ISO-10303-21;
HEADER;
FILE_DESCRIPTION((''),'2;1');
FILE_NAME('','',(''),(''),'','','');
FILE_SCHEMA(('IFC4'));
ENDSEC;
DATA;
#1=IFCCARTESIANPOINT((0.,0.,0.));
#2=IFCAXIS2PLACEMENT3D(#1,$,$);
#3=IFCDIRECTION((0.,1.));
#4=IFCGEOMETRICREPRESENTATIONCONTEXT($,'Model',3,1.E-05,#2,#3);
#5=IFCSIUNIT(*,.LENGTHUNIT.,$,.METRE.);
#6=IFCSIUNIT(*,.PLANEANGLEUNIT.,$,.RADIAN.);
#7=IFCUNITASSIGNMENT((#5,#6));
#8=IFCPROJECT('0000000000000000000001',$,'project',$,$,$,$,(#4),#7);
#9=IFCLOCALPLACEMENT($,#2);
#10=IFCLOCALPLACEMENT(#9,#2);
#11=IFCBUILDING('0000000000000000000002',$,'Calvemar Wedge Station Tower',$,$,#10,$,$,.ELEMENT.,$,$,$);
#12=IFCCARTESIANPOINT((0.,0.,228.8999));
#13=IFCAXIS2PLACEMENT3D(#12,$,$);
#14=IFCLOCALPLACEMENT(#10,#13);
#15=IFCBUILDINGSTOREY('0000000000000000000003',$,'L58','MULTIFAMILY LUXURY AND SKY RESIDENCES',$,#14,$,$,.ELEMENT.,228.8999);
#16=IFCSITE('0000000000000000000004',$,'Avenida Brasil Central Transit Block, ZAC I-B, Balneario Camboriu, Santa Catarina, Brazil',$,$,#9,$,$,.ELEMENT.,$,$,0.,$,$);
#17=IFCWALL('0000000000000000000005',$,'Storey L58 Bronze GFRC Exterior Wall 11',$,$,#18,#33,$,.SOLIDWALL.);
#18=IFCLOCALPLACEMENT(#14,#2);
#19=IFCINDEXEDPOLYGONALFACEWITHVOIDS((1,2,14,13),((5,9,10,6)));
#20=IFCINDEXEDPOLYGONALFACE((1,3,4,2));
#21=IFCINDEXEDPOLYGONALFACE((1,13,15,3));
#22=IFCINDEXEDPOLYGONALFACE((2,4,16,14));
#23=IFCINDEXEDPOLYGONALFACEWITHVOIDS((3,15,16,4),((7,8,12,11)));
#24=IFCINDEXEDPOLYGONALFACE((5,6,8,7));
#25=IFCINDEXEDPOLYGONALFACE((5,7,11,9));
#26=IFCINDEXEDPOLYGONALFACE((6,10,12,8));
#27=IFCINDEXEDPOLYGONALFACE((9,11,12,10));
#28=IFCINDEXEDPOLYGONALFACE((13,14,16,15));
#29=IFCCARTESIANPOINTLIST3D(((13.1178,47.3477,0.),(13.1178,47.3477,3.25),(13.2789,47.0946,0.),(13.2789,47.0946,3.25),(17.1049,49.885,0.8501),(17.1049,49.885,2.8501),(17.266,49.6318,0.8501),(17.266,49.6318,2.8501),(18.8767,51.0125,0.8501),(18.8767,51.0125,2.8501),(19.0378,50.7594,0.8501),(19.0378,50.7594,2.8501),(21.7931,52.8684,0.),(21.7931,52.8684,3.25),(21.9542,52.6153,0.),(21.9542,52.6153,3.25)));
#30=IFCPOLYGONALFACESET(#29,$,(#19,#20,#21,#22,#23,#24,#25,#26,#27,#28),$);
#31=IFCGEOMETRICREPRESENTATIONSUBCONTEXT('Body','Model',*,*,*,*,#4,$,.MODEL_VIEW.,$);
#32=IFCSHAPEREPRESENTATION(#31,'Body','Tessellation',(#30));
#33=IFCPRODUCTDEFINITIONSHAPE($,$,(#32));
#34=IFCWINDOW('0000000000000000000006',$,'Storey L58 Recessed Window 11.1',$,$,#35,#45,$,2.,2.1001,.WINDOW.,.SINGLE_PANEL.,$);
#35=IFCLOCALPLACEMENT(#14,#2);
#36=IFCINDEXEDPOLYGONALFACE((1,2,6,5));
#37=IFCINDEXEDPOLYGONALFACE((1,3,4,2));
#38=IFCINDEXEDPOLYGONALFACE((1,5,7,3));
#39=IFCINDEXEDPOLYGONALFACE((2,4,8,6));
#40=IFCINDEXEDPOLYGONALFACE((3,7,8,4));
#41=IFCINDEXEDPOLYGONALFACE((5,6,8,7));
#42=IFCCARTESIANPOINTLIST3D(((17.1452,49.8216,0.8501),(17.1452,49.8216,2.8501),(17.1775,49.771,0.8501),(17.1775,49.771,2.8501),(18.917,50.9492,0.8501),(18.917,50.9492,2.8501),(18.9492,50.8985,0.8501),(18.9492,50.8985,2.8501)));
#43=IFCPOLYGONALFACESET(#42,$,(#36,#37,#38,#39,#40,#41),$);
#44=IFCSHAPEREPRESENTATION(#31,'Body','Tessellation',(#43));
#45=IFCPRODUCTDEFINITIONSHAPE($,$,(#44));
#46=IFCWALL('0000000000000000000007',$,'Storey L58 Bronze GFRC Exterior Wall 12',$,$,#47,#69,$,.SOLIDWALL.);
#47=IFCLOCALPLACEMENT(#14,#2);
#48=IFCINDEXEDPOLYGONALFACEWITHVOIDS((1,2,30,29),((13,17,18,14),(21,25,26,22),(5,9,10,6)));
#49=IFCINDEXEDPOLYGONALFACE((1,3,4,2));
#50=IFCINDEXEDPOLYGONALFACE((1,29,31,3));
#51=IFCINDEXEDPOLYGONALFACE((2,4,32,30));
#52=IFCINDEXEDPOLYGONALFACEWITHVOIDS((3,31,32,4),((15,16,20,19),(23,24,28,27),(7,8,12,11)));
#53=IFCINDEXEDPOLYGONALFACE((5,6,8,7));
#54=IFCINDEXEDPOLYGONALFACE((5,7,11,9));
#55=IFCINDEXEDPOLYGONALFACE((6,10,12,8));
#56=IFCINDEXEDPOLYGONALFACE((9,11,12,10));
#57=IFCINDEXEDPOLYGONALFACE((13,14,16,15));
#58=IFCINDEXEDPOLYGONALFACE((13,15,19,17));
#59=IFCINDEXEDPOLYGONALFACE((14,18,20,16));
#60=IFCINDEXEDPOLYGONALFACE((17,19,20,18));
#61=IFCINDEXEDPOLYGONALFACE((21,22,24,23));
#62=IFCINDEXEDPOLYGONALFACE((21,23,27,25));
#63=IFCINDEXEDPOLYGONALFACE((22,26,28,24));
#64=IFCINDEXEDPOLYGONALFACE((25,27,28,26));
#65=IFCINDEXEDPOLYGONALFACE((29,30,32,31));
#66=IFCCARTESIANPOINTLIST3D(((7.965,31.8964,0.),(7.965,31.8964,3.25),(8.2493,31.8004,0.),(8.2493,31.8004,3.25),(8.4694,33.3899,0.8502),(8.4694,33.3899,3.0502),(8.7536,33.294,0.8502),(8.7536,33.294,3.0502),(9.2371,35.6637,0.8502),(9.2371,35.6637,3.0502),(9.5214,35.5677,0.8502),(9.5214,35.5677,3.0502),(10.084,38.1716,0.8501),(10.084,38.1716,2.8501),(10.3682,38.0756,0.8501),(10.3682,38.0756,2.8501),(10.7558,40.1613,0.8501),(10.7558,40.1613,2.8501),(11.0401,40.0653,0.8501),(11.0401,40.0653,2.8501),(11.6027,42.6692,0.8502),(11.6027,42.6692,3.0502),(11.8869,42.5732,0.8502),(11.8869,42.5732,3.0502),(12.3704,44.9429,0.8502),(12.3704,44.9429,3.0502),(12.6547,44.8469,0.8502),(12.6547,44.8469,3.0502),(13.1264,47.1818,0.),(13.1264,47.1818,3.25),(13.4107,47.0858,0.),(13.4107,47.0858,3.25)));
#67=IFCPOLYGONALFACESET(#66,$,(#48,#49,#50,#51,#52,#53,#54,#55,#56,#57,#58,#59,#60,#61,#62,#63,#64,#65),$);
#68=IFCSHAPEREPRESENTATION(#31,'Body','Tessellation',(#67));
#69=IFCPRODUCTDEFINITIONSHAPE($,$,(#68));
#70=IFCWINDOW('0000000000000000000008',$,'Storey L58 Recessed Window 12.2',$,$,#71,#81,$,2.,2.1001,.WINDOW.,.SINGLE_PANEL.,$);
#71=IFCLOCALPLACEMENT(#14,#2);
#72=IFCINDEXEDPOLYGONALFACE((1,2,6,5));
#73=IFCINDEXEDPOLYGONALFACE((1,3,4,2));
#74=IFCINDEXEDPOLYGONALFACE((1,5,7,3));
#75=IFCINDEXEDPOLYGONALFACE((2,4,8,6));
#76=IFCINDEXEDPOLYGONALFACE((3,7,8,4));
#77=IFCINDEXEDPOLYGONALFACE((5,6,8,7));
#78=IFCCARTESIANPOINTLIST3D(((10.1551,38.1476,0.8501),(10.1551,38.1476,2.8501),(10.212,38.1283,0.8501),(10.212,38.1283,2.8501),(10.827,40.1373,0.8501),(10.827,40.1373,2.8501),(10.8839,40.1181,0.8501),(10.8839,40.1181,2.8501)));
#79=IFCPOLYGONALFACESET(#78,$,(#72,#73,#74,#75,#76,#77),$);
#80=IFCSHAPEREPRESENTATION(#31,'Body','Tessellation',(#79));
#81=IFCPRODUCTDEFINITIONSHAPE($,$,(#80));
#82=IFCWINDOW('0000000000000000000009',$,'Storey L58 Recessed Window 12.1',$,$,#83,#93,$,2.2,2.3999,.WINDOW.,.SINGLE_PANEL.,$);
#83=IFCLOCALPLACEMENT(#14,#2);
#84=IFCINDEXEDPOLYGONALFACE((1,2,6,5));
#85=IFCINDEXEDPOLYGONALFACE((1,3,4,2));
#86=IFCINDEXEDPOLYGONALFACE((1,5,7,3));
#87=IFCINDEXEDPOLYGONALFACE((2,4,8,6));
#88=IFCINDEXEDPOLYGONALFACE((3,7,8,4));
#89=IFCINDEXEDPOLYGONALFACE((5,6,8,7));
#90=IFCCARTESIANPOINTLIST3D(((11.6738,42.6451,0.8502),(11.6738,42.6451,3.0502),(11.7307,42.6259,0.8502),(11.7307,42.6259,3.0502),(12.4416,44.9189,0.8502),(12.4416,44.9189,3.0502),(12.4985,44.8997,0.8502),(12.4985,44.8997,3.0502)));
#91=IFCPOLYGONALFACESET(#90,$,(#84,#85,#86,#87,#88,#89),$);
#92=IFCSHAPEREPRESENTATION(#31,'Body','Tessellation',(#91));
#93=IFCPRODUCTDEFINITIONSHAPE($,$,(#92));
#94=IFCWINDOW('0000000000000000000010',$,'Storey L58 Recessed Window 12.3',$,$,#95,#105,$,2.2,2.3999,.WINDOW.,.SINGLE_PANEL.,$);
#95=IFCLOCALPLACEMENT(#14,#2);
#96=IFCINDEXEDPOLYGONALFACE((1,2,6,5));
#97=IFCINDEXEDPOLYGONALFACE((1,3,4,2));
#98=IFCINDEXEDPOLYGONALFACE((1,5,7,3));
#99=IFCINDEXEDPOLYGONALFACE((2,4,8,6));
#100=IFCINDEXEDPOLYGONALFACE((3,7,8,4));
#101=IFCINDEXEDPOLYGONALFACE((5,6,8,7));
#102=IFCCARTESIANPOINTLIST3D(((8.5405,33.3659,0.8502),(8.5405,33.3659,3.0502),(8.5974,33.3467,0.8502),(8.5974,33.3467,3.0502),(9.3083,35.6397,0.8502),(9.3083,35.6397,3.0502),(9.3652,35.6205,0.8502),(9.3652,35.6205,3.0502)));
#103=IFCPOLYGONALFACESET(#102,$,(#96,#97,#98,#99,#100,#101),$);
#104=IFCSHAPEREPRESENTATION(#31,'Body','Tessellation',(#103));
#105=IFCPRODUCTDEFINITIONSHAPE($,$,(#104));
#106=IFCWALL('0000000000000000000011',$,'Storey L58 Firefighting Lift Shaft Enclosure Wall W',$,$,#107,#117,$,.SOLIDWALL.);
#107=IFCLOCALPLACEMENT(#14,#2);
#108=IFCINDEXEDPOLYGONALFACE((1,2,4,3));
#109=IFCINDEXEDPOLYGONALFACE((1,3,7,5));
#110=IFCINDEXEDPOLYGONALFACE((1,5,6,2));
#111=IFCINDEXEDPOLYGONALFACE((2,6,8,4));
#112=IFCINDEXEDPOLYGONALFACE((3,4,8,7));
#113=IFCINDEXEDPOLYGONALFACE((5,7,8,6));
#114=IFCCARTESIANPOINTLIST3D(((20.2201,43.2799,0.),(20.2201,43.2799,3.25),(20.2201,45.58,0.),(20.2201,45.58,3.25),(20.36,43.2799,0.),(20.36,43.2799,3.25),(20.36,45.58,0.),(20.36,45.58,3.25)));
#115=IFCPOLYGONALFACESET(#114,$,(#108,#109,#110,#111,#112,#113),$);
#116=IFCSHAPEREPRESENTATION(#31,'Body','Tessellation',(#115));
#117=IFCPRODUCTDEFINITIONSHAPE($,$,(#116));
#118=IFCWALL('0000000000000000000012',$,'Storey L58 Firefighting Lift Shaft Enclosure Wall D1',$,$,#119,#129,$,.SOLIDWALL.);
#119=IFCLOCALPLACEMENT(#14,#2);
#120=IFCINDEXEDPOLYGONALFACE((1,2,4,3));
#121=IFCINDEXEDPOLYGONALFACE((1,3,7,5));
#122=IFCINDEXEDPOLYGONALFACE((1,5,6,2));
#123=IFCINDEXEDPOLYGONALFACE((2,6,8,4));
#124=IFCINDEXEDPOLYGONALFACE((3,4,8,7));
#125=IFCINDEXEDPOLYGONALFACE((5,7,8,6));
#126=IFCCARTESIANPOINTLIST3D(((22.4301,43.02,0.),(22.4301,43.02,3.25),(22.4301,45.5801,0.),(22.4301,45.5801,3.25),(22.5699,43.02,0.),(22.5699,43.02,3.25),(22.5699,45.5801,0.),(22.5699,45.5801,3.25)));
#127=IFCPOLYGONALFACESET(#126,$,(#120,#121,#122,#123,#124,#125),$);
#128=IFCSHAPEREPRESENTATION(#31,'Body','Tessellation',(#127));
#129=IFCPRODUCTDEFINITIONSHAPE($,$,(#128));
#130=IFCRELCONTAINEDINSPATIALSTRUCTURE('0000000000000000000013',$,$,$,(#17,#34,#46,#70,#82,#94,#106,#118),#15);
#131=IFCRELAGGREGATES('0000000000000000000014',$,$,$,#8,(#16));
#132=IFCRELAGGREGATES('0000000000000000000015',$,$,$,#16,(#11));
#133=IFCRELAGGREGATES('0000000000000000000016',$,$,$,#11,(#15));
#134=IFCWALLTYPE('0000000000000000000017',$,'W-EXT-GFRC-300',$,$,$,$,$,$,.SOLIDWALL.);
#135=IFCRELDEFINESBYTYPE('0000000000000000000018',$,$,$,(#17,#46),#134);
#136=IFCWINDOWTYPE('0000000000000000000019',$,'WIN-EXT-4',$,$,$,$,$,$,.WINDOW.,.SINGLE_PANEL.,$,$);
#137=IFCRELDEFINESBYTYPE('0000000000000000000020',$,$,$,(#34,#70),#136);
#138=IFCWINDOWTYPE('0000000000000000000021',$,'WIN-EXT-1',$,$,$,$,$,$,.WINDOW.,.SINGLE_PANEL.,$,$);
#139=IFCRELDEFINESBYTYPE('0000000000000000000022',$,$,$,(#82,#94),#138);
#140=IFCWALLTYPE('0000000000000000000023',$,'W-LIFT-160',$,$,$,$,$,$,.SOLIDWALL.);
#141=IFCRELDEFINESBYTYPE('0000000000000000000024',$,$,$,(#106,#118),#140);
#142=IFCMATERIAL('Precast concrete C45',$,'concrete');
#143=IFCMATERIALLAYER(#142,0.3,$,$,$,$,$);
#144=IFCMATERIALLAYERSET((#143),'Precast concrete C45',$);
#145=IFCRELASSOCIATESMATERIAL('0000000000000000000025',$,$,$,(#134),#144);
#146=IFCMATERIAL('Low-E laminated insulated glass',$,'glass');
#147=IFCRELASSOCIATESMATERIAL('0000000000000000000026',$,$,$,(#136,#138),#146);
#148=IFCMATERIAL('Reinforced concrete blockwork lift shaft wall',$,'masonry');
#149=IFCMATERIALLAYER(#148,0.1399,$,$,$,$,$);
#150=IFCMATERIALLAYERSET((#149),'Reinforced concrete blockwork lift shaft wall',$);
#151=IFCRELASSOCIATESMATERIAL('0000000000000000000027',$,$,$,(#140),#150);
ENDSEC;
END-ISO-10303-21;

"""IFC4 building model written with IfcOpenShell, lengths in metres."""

from ifc_helpers import new_model, si_unit, direction, frame, frame_2d, origin, place, context, subcontext, project, spatial, rectangle, extrude, source, transform, mapped, material, layer, layer_set, type_object, element, fill, save


model = new_model("IFC4")

# Units and contexts
model_context = context("Model", 3, precision=1e-05, world=origin(), true_north=direction((0.0, 1.0)))
body_context = subcontext(model_context, "Body", "Model", "MODEL_VIEW")
ifc_project = project(units=[si_unit("LENGTHUNIT", "METRE"), si_unit("PLANEANGLEUNIT", "RADIAN")], contexts=[model_context])

# Site, building, storey
site_placement = place(None, origin())
site = spatial("IfcSite", under=ifc_project, at=site_placement, Name="Avenida Brasil Central Transit Block, ZAC I-B, Balneario Camboriu, Santa Catarina, Brazil", CompositionType="ELEMENT", RefElevation=0.0)
building_placement = place(site_placement, origin())
building = spatial("IfcBuilding", under=site, at=building_placement, Name="Calvemar Wedge Station Tower", CompositionType="ELEMENT")
storey_placement = place(building_placement, frame((0.0, 0.0, 228.8999)))
storey = spatial("IfcBuildingStorey", under=building, at=storey_placement, Name="L58", Description="MULTIFAMILY LUXURY AND SKY RESIDENCES", CompositionType="ELEMENT", Elevation=228.8999)

# Shared definitions
ifc_material_1 = material(Name="Precast concrete C45", Category="concrete")
ifc_layer_1 = layer(ifc_material_1, 0.3)
ifc_layer_set_1 = layer_set([ifc_layer_1], Name="Precast concrete C45")
wall_type_1 = type_object("IfcWallType", Name="W-EXT-GFRC-300", PredefinedType="SOLIDWALL", material=ifc_layer_set_1)

# Wall, opening, window
wall_1_placement = place(storey_placement, frame((21.8738, 52.7419, 0.0), z_axis=(0.0, 0.0, 1.0), x_axis=(-0.843657, -0.536883, 0.0)))
wall_1 = element("IfcWall", 1, at=wall_1_placement, inside=storey, type_object=wall_type_1, Name="Storey L58 Bronze GFRC Exterior Wall 11", PredefinedType="SOLIDWALL", context=body_context, shape_type="SweptSolid", body=[
    extrude(rectangle(XDim=10.283, YDim=0.3, at=frame_2d((5.1416, 0.0))), origin(), (0.0, 0.0, 1.0), 3.25),
])
shared_shape_1 = source(origin(), body_context, "Body", "SweptSolid", [
    extrude(rectangle(XDim=2.1001, YDim=2.0, at=frame_2d((1.05, 1.0))), frame((0.0, 0.1602, 0.0), z_axis=(0.0, -1.0, 0.0), x_axis=(1.0, 0.0, 0.0)), (0.0, 0.0, 1.0), 0.3201),
])
opening_1_placement = place(wall_1_placement, frame((3.457, 0.0, 0.8501)))
opening_1 = element("IfcOpeningElement", 2, at=opening_1_placement, cuts=wall_1, PredefinedType="OPENING", context=body_context, shape_type="MappedRepresentation", body=[
    mapped(shared_shape_1, transform((0.0, 0.0, 0.0), scale=1.0)),
])
ifc_material_2 = material(Name="Low-E laminated insulated glass", Category="glass")
window_type_1 = type_object("IfcWindowType", Name="WIN-EXT-4", PartitioningType="SINGLE_PANEL", PredefinedType="WINDOW", material=ifc_material_2)
shared_shape_2 = source(origin(), body_context, "Body", "SweptSolid", [
    extrude(rectangle(XDim=2.1001, YDim=2.0, at=frame_2d((1.05, 1.0))), frame((0.0, -0.0149, 0.0), z_axis=(0.0, -1.0, 0.0), x_axis=(1.0, 0.0, 0.0)), (0.0, 0.0, 1.0), 0.0601),
])
window_1_placement = place(opening_1_placement, origin())
window_1 = element("IfcWindow", 3, at=window_1_placement, inside=storey, type_object=window_type_1, Name="Storey L58 Recessed Window 11.1", OverallHeight=2.0, OverallWidth=2.1001, PartitioningType="SINGLE_PANEL", PredefinedType="WINDOW", context=body_context, shape_type="MappedRepresentation", body=[
    mapped(shared_shape_2, transform((0.0, 0.0, 0.0), scale=1.0)),
])
fill(opening_1, window_1)

# Wall, openings, windows
wall_2_placement = place(storey_placement, frame((13.2686, 47.1338, 0.0), z_axis=(0.0, 0.0, 1.0), x_axis=(-0.319921, -0.947444, 0.0)))
wall_2 = element("IfcWall", 4, at=wall_2_placement, inside=storey, type_object=wall_type_1, Name="Storey L58 Bronze GFRC Exterior Wall 12", PredefinedType="SOLIDWALL", context=body_context, shape_type="SweptSolid", body=[
    extrude(rectangle(XDim=16.1333, YDim=0.3, at=frame_2d((8.0667, 0.0))), origin(), (0.0, 0.0, 1.0), 3.25),
])
shared_shape_3 = source(origin(), body_context, "Body", "SweptSolid", [
    extrude(rectangle(XDim=2.3999, YDim=2.2, at=frame_2d((1.2, 1.1001))), frame((0.0, 0.1602, 0.0), z_axis=(0.0, -1.0, 0.0), x_axis=(1.0, 0.0, 0.0)), (0.0, 0.0, 1.0), 0.3201),
])
opening_2_placement = place(wall_2_placement, frame((2.363, 0.0, 0.8501)))
opening_2 = element("IfcOpeningElement", 5, at=opening_2_placement, cuts=wall_2, PredefinedType="OPENING", context=body_context, shape_type="MappedRepresentation", body=[
    mapped(shared_shape_3, transform((0.0, 0.0, 0.0), scale=1.0)),
])
opening_3_placement = place(wall_2_placement, frame((7.4099, 0.0, 0.8501)))
opening_3 = element("IfcOpeningElement", 6, at=opening_3_placement, cuts=wall_2, PredefinedType="OPENING", context=body_context, shape_type="MappedRepresentation", body=[
    mapped(shared_shape_1, transform((0.0, 0.0, 0.0), scale=1.0)),
])
opening_4_placement = place(wall_2_placement, frame((12.157, 0.0, 0.8501)))
opening_4 = element("IfcOpeningElement", 7, at=opening_4_placement, cuts=wall_2, PredefinedType="OPENING", context=body_context, shape_type="MappedRepresentation", body=[
    mapped(shared_shape_3, transform((0.0, 0.0, 0.0), scale=1.0)),
])
window_2_placement = place(opening_3_placement, origin())
window_2 = element("IfcWindow", 8, at=window_2_placement, inside=storey, type_object=window_type_1, Name="Storey L58 Recessed Window 12.2", OverallHeight=2.0, OverallWidth=2.1001, PartitioningType="SINGLE_PANEL", PredefinedType="WINDOW", context=body_context, shape_type="MappedRepresentation", body=[
    mapped(shared_shape_2, transform((0.0, 0.0, 0.0), scale=1.0)),
])
fill(opening_3, window_2)
window_type_2 = type_object("IfcWindowType", Name="WIN-EXT-1", PartitioningType="SINGLE_PANEL", PredefinedType="WINDOW", material=ifc_material_2)
shared_shape_4 = source(origin(), body_context, "Body", "SweptSolid", [
    extrude(rectangle(XDim=2.3999, YDim=2.2, at=frame_2d((1.2, 1.1001))), frame((0.0, -0.0149, 0.0), z_axis=(0.0, -1.0, 0.0), x_axis=(1.0, 0.0, 0.0)), (0.0, 0.0, 1.0), 0.0601),
])
window_3_placement = place(opening_2_placement, origin())
window_3 = element("IfcWindow", 9, at=window_3_placement, inside=storey, type_object=window_type_2, Name="Storey L58 Recessed Window 12.1", OverallHeight=2.2, OverallWidth=2.3999, PartitioningType="SINGLE_PANEL", PredefinedType="WINDOW", context=body_context, shape_type="MappedRepresentation", body=[
    mapped(shared_shape_4, transform((0.0, 0.0, 0.0), scale=1.0)),
])
fill(opening_2, window_3)
window_4_placement = place(opening_4_placement, origin())
window_4 = element("IfcWindow", 10, at=window_4_placement, inside=storey, type_object=window_type_2, Name="Storey L58 Recessed Window 12.3", OverallHeight=2.2, OverallWidth=2.3999, PartitioningType="SINGLE_PANEL", PredefinedType="WINDOW", context=body_context, shape_type="MappedRepresentation", body=[
    mapped(shared_shape_4, transform((0.0, 0.0, 0.0), scale=1.0)),
])
fill(opening_4, window_4)

# Shared definitions
ifc_material_3 = material(Name="Reinforced concrete blockwork lift shaft wall", Category="masonry")
ifc_layer_2 = layer(ifc_material_3, 0.1399)
ifc_layer_set_2 = layer_set([ifc_layer_2], Name="Reinforced concrete blockwork lift shaft wall")
wall_type_2 = type_object("IfcWallType", Name="W-LIFT-160", PredefinedType="SOLIDWALL", material=ifc_layer_set_2)

# Walls
wall_3_placement = place(storey_placement, frame((20.29, 43.28, 0.0), z_axis=(0.0, 0.0, 1.0), x_axis=(0.0, 1.0, 0.0)))
element("IfcWall", 11, at=wall_3_placement, inside=storey, type_object=wall_type_2, Name="Storey L58 Firefighting Lift Shaft Enclosure Wall W", PredefinedType="SOLIDWALL", context=body_context, shape_type="SweptSolid", body=[
    extrude(rectangle(XDim=2.3, YDim=0.1399, at=frame_2d((1.1499, 0.0))), origin(), (0.0, 0.0, 1.0), 3.25),
])
wall_4_placement = place(storey_placement, frame((22.5, 43.02, 0.0), z_axis=(0.0, 0.0, 1.0), x_axis=(0.0, 1.0, 0.0)))
element("IfcWall", 12, at=wall_4_placement, inside=storey, type_object=wall_type_2, Name="Storey L58 Firefighting Lift Shaft Enclosure Wall D1", PredefinedType="SOLIDWALL", context=body_context, shape_type="SweptSolid", body=[
    extrude(rectangle(XDim=2.5601, YDim=0.1399, at=frame_2d((1.28, 0.0))), origin(), (0.0, 0.0, 1.0), 3.25),
])

save(model, "model.ifc")
